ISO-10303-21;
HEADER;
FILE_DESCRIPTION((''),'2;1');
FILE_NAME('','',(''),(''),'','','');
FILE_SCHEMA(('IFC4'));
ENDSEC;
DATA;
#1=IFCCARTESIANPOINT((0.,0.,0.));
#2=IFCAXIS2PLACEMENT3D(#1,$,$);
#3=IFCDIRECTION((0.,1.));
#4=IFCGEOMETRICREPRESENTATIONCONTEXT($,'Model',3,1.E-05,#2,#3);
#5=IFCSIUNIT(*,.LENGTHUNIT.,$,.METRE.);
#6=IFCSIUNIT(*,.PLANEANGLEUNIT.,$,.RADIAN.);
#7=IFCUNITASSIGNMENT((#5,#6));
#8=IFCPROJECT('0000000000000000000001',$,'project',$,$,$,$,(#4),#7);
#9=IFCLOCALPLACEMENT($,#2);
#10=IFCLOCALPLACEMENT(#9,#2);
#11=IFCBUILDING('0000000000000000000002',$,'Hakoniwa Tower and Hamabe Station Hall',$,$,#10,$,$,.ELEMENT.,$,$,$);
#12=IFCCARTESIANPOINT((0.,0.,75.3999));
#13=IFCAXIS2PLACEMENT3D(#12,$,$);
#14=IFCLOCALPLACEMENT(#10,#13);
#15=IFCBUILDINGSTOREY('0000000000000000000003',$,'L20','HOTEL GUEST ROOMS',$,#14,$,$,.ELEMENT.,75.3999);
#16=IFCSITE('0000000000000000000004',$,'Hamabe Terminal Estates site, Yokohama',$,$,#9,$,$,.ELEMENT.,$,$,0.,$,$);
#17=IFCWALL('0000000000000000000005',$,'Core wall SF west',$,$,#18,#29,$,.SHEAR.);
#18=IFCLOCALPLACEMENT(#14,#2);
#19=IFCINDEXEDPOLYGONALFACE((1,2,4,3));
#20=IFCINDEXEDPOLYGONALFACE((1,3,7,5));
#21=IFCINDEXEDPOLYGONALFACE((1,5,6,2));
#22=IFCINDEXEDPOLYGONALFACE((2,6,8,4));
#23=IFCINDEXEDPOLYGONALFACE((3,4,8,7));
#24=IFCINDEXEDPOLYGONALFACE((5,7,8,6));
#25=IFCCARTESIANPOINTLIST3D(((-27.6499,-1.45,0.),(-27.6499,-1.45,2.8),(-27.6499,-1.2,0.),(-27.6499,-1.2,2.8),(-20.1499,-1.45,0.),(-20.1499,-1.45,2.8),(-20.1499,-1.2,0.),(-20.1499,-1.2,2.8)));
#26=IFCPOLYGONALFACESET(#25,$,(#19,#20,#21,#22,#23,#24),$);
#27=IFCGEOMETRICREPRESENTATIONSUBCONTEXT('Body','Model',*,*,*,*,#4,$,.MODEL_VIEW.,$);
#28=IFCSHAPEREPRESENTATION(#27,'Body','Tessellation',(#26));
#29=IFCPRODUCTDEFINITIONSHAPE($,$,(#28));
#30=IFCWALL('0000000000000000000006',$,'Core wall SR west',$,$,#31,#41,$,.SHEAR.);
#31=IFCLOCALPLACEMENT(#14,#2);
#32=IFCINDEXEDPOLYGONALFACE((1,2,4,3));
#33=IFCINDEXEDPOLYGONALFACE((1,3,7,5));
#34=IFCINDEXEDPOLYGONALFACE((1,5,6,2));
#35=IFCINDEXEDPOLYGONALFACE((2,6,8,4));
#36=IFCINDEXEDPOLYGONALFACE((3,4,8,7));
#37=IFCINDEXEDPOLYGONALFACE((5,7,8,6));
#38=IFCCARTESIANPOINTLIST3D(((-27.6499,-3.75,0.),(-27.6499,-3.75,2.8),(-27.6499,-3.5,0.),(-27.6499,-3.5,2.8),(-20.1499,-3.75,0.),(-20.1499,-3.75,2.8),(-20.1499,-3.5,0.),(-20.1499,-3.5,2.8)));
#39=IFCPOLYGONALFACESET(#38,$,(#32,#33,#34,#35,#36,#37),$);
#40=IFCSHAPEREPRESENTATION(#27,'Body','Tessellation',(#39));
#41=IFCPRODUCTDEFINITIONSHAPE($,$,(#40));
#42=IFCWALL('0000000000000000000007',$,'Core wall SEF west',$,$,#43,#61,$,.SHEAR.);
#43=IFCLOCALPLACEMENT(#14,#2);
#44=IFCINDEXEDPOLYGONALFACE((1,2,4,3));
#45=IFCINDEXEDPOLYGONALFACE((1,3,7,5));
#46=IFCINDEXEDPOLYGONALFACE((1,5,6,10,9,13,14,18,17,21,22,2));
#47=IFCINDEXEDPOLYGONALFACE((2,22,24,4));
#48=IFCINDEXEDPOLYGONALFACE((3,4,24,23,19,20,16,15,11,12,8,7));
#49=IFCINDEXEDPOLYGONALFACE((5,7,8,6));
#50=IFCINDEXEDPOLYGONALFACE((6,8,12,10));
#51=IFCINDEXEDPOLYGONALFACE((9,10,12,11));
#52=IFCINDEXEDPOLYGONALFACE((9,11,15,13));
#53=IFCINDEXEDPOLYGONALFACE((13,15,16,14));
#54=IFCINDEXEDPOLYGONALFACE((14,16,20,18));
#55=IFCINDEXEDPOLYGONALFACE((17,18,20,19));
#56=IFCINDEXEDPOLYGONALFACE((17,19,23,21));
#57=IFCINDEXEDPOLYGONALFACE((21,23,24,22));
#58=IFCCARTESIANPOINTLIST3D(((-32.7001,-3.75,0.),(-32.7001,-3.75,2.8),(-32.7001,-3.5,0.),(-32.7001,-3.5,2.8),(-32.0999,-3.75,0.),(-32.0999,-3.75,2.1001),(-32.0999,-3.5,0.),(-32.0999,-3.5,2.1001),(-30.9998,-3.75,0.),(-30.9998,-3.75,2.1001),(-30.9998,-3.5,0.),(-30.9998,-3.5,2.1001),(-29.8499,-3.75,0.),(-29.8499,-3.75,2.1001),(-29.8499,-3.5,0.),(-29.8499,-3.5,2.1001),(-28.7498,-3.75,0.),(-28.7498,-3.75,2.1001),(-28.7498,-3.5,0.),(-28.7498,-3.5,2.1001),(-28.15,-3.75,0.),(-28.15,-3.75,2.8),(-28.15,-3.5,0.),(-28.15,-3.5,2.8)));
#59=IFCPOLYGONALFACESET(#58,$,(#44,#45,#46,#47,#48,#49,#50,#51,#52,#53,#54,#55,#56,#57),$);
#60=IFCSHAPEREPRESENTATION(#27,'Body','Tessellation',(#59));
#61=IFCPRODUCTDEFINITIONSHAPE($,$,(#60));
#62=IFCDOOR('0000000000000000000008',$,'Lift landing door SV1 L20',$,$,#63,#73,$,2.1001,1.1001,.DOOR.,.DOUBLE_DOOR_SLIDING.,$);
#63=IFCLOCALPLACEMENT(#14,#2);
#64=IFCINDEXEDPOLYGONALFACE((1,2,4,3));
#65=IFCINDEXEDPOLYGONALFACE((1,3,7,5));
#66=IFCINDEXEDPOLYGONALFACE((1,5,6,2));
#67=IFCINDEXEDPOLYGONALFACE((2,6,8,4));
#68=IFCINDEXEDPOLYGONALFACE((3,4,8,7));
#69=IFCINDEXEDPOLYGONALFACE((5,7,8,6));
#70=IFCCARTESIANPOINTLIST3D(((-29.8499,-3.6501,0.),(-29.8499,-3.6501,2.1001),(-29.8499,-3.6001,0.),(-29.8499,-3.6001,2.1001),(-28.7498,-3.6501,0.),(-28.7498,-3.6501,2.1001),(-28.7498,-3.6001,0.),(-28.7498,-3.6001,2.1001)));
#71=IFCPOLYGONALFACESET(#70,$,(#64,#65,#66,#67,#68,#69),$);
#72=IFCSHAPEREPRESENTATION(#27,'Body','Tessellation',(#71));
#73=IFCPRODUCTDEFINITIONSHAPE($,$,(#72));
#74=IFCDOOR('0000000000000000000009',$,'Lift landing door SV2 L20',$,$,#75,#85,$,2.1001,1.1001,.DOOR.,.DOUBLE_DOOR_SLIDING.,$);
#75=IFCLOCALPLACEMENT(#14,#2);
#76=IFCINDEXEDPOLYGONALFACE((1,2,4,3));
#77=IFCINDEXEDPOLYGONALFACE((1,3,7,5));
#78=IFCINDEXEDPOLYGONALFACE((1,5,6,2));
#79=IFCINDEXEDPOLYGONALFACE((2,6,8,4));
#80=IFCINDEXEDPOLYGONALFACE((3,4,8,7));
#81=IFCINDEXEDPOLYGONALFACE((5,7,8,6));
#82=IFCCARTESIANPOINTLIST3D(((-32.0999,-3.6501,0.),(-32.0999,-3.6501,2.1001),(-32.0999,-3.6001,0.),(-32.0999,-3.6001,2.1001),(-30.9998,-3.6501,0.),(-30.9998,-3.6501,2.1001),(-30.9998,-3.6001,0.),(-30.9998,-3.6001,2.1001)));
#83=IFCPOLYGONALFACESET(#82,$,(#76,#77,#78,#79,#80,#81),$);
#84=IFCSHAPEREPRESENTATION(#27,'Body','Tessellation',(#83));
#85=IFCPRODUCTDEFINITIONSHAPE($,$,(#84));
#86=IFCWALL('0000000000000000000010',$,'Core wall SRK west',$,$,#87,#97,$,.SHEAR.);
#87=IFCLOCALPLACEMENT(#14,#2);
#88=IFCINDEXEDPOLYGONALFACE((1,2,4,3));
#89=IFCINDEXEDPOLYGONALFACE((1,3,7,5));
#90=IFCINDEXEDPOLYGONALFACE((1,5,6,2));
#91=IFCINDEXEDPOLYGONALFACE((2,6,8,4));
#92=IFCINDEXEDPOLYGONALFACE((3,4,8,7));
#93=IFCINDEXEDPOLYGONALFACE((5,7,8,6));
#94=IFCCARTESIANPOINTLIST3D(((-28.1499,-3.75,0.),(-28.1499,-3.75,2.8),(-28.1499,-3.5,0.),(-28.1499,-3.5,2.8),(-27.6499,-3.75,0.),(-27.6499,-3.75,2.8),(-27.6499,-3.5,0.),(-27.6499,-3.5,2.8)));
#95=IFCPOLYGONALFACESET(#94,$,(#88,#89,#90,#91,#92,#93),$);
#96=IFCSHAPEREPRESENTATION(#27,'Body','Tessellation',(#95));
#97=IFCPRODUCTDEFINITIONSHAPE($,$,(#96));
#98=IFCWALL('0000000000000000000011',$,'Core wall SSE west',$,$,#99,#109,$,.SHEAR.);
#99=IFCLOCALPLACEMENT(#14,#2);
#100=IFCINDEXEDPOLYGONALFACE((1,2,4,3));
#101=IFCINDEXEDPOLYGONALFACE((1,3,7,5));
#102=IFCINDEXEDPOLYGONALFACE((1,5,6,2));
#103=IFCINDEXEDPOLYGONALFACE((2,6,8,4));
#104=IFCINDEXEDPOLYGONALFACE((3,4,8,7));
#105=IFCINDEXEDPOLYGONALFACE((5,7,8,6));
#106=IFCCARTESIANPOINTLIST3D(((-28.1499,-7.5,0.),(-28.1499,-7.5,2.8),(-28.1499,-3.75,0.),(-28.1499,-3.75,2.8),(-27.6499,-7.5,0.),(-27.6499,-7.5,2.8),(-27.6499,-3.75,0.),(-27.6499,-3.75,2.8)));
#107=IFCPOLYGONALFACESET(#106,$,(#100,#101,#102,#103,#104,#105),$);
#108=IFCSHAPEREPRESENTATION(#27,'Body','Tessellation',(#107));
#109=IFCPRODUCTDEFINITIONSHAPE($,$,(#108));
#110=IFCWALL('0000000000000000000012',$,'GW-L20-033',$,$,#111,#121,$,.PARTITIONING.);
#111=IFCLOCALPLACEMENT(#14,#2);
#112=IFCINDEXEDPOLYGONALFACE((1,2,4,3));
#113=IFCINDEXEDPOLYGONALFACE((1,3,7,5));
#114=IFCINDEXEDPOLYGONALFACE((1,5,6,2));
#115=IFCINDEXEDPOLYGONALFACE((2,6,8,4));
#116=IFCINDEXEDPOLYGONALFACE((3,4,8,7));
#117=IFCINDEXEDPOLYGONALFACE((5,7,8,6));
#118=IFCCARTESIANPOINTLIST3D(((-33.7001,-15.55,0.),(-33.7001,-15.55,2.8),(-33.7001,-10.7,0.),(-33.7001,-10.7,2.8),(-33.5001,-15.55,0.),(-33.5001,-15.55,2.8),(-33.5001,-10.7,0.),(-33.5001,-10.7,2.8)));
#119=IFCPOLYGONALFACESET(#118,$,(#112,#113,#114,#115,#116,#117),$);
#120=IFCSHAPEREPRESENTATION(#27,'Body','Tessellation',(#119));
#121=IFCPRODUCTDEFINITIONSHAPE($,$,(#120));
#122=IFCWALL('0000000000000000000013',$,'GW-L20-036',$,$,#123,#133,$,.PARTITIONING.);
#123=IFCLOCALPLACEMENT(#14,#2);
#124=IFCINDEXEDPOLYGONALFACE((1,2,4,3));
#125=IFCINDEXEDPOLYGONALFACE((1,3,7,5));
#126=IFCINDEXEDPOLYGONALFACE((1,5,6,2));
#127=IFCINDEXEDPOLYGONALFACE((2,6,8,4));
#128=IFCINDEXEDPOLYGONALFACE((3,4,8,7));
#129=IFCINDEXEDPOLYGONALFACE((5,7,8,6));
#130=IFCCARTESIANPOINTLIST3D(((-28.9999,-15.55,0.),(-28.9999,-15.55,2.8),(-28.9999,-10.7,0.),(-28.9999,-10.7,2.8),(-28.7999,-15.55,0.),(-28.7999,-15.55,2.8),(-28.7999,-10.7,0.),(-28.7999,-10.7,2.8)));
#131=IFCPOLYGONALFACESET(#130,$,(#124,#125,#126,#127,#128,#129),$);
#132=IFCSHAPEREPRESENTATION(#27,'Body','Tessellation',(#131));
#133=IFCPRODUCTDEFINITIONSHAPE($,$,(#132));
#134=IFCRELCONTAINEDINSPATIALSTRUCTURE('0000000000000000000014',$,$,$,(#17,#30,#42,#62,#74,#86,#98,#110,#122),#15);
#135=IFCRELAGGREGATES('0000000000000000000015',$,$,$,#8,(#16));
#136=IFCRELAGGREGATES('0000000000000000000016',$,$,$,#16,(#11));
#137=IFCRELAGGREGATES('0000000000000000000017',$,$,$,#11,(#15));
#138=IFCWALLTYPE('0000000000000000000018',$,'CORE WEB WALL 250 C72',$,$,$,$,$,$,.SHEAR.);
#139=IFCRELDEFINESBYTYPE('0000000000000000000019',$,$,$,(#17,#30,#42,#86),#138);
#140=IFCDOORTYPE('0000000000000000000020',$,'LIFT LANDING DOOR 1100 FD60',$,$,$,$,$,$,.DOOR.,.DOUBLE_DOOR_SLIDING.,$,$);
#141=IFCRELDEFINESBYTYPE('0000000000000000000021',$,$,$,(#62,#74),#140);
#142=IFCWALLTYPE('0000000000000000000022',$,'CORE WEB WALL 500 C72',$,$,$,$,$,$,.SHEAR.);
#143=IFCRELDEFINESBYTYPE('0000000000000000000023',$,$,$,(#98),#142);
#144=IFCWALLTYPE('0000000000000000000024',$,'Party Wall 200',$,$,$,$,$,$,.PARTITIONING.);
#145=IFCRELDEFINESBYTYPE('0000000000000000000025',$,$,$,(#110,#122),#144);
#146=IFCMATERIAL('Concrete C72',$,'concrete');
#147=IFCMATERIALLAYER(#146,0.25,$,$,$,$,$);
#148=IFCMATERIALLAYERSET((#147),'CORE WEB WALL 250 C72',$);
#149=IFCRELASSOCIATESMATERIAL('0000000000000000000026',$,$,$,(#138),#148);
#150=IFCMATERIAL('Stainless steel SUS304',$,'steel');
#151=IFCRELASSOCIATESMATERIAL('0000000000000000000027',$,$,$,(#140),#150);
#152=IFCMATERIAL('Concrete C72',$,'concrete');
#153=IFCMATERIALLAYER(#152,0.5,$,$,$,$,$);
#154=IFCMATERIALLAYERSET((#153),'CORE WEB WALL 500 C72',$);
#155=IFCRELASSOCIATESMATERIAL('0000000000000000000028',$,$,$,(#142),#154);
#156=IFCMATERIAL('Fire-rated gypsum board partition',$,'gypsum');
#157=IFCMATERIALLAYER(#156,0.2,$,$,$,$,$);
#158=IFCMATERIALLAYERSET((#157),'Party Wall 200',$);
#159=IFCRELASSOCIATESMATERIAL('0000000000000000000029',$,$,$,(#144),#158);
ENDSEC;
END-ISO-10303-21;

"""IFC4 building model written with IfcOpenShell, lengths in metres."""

from ifc_helpers import new_model, si_unit, direction, frame, frame_2d, origin, place, context, subcontext, project, spatial, rectangle, extrude, material, layer, layer_set, type_object, element, fill, save


model = new_model("IFC4")

# Units and contexts
model_context = context("Model", 3, precision=1e-05, world=origin(), true_north=direction((0.0, 1.0)))
body_context = subcontext(model_context, "Body", "Model", "MODEL_VIEW")
ifc_project = project(units=[si_unit("LENGTHUNIT", "METRE"), si_unit("PLANEANGLEUNIT", "RADIAN")], contexts=[model_context])

# Site, building, storey
site_placement = place(None, origin())
site = spatial("IfcSite", under=ifc_project, at=site_placement, Name="Hamabe Terminal Estates site, Yokohama", CompositionType="ELEMENT", RefElevation=0.0)
building_placement = place(site_placement, origin())
building = spatial("IfcBuilding", under=site, at=building_placement, Name="Hakoniwa Tower and Hamabe Station Hall", CompositionType="ELEMENT")
storey_placement = place(building_placement, frame((0.0, 0.0, 75.3999)))
storey = spatial("IfcBuildingStorey", under=building, at=storey_placement, Name="L20", Description="HOTEL GUEST ROOMS", CompositionType="ELEMENT", Elevation=75.3999)

# Walls
ifc_material_1 = material(Name="Concrete C72", Category="concrete")
ifc_layer_1 = layer(ifc_material_1, 0.25)
ifc_layer_set_1 = layer_set([ifc_layer_1], Name="CORE WEB WALL 250 C72")
wall_type_1 = type_object("IfcWallType", Name="CORE WEB WALL 250 C72", PredefinedType="SHEAR", material=ifc_layer_set_1)
for number, where, z_axis, x_axis, name in (
    (1, (-27.6499, -1.325, 0.0), (0.0, 0.0, 1.0), (1.0, 0.0, 0.0), "Core wall SF west"),
    (2, (-27.6499, -3.625, 0.0), (0.0, 0.0, 1.0), (1.0, 0.0, 0.0), "Core wall SR west"),
):
    element("IfcWall", number, at=place(storey_placement, frame(where, z_axis=z_axis, x_axis=x_axis)), inside=storey, type_object=wall_type_1, Name=name, PredefinedType="SHEAR", context=body_context, shape_type="SweptSolid", body=[
        extrude(rectangle(XDim=7.5, YDim=0.25, at=frame_2d((3.75, 0.0))), origin(), (0.0, 0.0, 1.0), 2.8),
    ])

# Wall, openings, doors
wall_1_placement = place(storey_placement, frame((-32.7, -3.625, 0.0), z_axis=(0.0, 0.0, 1.0), x_axis=(1.0, 0.0, 0.0)))
wall_1 = element("IfcWall", 3, at=wall_1_placement, inside=storey, type_object=wall_type_1, Name="Core wall SEF west", PredefinedType="SHEAR", context=body_context, shape_type="SweptSolid", body=[
    extrude(rectangle(XDim=4.55, YDim=0.25, at=frame_2d((2.2749, 0.0))), origin(), (0.0, 0.0, 1.0), 2.8),
])
opening_1_placement = place(wall_1_placement, frame((2.8501, 0.0, 0.0)))
opening_1 = element("IfcOpeningElement", 4, at=opening_1_placement, cuts=wall_1, PredefinedType="OPENING", context=body_context, shape_type="SweptSolid", body=[
    extrude(rectangle(XDim=1.1001, YDim=2.1001, at=frame_2d((0.55, 1.05))), frame((0.0, 0.135, 0.0), z_axis=(0.0, -1.0, 0.0), x_axis=(1.0, 0.0, 0.0)), (0.0, 0.0, 1.0), 0.27),
])
opening_2_placement = place(wall_1_placement, frame((0.6001, 0.0, 0.0)))
opening_2 = element("IfcOpeningElement", 5, at=opening_2_placement, cuts=wall_1, PredefinedType="OPENING", context=body_context, shape_type="SweptSolid", body=[
    extrude(rectangle(XDim=1.1001, YDim=2.1001, at=frame_2d((0.55, 1.05))), frame((0.0, 0.135, 0.0), z_axis=(0.0, -1.0, 0.0), x_axis=(1.0, 0.0, 0.0)), (0.0, 0.0, 1.0), 0.27),
])
ifc_material_2 = material(Name="Stainless steel SUS304", Category="steel")
door_type_1 = type_object("IfcDoorType", Name="LIFT LANDING DOOR 1100 FD60", OperationType="DOUBLE_DOOR_SLIDING", PredefinedType="DOOR", material=ifc_material_2)
door_1_placement = place(opening_1_placement, origin())
door_1 = element("IfcDoor", 6, at=door_1_placement, inside=storey, type_object=door_type_1, Name="Lift landing door SV1 L20", OperationType="DOUBLE_DOOR_SLIDING", OverallHeight=2.1001, OverallWidth=1.1001, PredefinedType="DOOR", context=body_context, shape_type="SweptSolid", body=[
    extrude(rectangle(XDim=1.1001, YDim=2.1001, at=frame_2d((0.55, 1.05))), frame((0.0, 0.0249, 0.0), z_axis=(0.0, -1.0, 0.0), x_axis=(1.0, 0.0, 0.0)), (0.0, 0.0, 1.0), 0.05),
])
fill(opening_1, door_1)
door_2_placement = place(opening_2_placement, origin())
door_2 = element("IfcDoor", 7, at=door_2_placement, inside=storey, type_object=door_type_1, Name="Lift landing door SV2 L20", OperationType="DOUBLE_DOOR_SLIDING", OverallHeight=2.1001, OverallWidth=1.1001, PredefinedType="DOOR", context=body_context, shape_type="SweptSolid", body=[
    extrude(rectangle(XDim=1.1001, YDim=2.1001, at=frame_2d((0.55, 1.05))), frame((0.0, 0.0249, 0.0), z_axis=(0.0, -1.0, 0.0), x_axis=(1.0, 0.0, 0.0)), (0.0, 0.0, 1.0), 0.05),
])
fill(opening_2, door_2)

# Walls
wall_2_placement = place(storey_placement, frame((-28.1499, -3.625, 0.0), z_axis=(0.0, 0.0, 1.0), x_axis=(1.0, 0.0, 0.0)))
element("IfcWall", 8, at=wall_2_placement, inside=storey, type_object=wall_type_1, Name="Core wall SRK west", PredefinedType="SHEAR", context=body_context, shape_type="SweptSolid", body=[
    extrude(rectangle(XDim=0.5, YDim=0.25, at=frame_2d((0.25, 0.0))), origin(), (0.0, 0.0, 1.0), 2.8),
])
ifc_material_3 = material(Name="Concrete C72", Category="concrete")
ifc_layer_2 = layer(ifc_material_3, 0.5)
ifc_layer_set_2 = layer_set([ifc_layer_2], Name="CORE WEB WALL 500 C72")
wall_type_2 = type_object("IfcWallType", Name="CORE WEB WALL 500 C72", PredefinedType="SHEAR", material=ifc_layer_set_2)
wall_3_placement = place(storey_placement, frame((-27.8999, -7.5, 0.0), z_axis=(0.0, 0.0, 1.0), x_axis=(0.0, 1.0, 0.0)))
element("IfcWall", 9, at=wall_3_placement, inside=storey, type_object=wall_type_2, Name="Core wall SSE west", PredefinedType="SHEAR", context=body_context, shape_type="SweptSolid", body=[
    extrude(rectangle(XDim=3.75, YDim=0.5, at=frame_2d((1.875, 0.0))), origin(), (0.0, 0.0, 1.0), 2.8),
])
ifc_material_4 = material(Name="Fire-rated gypsum board partition", Category="gypsum")
ifc_layer_3 = layer(ifc_material_4, 0.2)
ifc_layer_set_3 = layer_set([ifc_layer_3], Name="Party Wall 200")
wall_type_3 = type_object("IfcWallType", Name="Party Wall 200", PredefinedType="PARTITIONING", material=ifc_layer_set_3)
for number, where, z_axis, x_axis, name in (
    (10, (-33.6001, -15.55, 0.0), (0.0, 0.0, 1.0), (0.0, 1.0, 0.0), "GW-L20-033"),
    (11, (-28.8999, -15.55, 0.0), (0.0, 0.0, 1.0), (0.0, 1.0, 0.0), "GW-L20-036"),
):
    element("IfcWall", number, at=place(storey_placement, frame(where, z_axis=z_axis, x_axis=x_axis)), inside=storey, type_object=wall_type_3, Name=name, PredefinedType="PARTITIONING", context=body_context, shape_type="SweptSolid", body=[
        extrude(rectangle(XDim=4.8501, YDim=0.2, at=frame_2d((2.425, 0.0))), origin(), (0.0, 0.0, 1.0), 2.8),
    ])

save(model, "model.ifc")
